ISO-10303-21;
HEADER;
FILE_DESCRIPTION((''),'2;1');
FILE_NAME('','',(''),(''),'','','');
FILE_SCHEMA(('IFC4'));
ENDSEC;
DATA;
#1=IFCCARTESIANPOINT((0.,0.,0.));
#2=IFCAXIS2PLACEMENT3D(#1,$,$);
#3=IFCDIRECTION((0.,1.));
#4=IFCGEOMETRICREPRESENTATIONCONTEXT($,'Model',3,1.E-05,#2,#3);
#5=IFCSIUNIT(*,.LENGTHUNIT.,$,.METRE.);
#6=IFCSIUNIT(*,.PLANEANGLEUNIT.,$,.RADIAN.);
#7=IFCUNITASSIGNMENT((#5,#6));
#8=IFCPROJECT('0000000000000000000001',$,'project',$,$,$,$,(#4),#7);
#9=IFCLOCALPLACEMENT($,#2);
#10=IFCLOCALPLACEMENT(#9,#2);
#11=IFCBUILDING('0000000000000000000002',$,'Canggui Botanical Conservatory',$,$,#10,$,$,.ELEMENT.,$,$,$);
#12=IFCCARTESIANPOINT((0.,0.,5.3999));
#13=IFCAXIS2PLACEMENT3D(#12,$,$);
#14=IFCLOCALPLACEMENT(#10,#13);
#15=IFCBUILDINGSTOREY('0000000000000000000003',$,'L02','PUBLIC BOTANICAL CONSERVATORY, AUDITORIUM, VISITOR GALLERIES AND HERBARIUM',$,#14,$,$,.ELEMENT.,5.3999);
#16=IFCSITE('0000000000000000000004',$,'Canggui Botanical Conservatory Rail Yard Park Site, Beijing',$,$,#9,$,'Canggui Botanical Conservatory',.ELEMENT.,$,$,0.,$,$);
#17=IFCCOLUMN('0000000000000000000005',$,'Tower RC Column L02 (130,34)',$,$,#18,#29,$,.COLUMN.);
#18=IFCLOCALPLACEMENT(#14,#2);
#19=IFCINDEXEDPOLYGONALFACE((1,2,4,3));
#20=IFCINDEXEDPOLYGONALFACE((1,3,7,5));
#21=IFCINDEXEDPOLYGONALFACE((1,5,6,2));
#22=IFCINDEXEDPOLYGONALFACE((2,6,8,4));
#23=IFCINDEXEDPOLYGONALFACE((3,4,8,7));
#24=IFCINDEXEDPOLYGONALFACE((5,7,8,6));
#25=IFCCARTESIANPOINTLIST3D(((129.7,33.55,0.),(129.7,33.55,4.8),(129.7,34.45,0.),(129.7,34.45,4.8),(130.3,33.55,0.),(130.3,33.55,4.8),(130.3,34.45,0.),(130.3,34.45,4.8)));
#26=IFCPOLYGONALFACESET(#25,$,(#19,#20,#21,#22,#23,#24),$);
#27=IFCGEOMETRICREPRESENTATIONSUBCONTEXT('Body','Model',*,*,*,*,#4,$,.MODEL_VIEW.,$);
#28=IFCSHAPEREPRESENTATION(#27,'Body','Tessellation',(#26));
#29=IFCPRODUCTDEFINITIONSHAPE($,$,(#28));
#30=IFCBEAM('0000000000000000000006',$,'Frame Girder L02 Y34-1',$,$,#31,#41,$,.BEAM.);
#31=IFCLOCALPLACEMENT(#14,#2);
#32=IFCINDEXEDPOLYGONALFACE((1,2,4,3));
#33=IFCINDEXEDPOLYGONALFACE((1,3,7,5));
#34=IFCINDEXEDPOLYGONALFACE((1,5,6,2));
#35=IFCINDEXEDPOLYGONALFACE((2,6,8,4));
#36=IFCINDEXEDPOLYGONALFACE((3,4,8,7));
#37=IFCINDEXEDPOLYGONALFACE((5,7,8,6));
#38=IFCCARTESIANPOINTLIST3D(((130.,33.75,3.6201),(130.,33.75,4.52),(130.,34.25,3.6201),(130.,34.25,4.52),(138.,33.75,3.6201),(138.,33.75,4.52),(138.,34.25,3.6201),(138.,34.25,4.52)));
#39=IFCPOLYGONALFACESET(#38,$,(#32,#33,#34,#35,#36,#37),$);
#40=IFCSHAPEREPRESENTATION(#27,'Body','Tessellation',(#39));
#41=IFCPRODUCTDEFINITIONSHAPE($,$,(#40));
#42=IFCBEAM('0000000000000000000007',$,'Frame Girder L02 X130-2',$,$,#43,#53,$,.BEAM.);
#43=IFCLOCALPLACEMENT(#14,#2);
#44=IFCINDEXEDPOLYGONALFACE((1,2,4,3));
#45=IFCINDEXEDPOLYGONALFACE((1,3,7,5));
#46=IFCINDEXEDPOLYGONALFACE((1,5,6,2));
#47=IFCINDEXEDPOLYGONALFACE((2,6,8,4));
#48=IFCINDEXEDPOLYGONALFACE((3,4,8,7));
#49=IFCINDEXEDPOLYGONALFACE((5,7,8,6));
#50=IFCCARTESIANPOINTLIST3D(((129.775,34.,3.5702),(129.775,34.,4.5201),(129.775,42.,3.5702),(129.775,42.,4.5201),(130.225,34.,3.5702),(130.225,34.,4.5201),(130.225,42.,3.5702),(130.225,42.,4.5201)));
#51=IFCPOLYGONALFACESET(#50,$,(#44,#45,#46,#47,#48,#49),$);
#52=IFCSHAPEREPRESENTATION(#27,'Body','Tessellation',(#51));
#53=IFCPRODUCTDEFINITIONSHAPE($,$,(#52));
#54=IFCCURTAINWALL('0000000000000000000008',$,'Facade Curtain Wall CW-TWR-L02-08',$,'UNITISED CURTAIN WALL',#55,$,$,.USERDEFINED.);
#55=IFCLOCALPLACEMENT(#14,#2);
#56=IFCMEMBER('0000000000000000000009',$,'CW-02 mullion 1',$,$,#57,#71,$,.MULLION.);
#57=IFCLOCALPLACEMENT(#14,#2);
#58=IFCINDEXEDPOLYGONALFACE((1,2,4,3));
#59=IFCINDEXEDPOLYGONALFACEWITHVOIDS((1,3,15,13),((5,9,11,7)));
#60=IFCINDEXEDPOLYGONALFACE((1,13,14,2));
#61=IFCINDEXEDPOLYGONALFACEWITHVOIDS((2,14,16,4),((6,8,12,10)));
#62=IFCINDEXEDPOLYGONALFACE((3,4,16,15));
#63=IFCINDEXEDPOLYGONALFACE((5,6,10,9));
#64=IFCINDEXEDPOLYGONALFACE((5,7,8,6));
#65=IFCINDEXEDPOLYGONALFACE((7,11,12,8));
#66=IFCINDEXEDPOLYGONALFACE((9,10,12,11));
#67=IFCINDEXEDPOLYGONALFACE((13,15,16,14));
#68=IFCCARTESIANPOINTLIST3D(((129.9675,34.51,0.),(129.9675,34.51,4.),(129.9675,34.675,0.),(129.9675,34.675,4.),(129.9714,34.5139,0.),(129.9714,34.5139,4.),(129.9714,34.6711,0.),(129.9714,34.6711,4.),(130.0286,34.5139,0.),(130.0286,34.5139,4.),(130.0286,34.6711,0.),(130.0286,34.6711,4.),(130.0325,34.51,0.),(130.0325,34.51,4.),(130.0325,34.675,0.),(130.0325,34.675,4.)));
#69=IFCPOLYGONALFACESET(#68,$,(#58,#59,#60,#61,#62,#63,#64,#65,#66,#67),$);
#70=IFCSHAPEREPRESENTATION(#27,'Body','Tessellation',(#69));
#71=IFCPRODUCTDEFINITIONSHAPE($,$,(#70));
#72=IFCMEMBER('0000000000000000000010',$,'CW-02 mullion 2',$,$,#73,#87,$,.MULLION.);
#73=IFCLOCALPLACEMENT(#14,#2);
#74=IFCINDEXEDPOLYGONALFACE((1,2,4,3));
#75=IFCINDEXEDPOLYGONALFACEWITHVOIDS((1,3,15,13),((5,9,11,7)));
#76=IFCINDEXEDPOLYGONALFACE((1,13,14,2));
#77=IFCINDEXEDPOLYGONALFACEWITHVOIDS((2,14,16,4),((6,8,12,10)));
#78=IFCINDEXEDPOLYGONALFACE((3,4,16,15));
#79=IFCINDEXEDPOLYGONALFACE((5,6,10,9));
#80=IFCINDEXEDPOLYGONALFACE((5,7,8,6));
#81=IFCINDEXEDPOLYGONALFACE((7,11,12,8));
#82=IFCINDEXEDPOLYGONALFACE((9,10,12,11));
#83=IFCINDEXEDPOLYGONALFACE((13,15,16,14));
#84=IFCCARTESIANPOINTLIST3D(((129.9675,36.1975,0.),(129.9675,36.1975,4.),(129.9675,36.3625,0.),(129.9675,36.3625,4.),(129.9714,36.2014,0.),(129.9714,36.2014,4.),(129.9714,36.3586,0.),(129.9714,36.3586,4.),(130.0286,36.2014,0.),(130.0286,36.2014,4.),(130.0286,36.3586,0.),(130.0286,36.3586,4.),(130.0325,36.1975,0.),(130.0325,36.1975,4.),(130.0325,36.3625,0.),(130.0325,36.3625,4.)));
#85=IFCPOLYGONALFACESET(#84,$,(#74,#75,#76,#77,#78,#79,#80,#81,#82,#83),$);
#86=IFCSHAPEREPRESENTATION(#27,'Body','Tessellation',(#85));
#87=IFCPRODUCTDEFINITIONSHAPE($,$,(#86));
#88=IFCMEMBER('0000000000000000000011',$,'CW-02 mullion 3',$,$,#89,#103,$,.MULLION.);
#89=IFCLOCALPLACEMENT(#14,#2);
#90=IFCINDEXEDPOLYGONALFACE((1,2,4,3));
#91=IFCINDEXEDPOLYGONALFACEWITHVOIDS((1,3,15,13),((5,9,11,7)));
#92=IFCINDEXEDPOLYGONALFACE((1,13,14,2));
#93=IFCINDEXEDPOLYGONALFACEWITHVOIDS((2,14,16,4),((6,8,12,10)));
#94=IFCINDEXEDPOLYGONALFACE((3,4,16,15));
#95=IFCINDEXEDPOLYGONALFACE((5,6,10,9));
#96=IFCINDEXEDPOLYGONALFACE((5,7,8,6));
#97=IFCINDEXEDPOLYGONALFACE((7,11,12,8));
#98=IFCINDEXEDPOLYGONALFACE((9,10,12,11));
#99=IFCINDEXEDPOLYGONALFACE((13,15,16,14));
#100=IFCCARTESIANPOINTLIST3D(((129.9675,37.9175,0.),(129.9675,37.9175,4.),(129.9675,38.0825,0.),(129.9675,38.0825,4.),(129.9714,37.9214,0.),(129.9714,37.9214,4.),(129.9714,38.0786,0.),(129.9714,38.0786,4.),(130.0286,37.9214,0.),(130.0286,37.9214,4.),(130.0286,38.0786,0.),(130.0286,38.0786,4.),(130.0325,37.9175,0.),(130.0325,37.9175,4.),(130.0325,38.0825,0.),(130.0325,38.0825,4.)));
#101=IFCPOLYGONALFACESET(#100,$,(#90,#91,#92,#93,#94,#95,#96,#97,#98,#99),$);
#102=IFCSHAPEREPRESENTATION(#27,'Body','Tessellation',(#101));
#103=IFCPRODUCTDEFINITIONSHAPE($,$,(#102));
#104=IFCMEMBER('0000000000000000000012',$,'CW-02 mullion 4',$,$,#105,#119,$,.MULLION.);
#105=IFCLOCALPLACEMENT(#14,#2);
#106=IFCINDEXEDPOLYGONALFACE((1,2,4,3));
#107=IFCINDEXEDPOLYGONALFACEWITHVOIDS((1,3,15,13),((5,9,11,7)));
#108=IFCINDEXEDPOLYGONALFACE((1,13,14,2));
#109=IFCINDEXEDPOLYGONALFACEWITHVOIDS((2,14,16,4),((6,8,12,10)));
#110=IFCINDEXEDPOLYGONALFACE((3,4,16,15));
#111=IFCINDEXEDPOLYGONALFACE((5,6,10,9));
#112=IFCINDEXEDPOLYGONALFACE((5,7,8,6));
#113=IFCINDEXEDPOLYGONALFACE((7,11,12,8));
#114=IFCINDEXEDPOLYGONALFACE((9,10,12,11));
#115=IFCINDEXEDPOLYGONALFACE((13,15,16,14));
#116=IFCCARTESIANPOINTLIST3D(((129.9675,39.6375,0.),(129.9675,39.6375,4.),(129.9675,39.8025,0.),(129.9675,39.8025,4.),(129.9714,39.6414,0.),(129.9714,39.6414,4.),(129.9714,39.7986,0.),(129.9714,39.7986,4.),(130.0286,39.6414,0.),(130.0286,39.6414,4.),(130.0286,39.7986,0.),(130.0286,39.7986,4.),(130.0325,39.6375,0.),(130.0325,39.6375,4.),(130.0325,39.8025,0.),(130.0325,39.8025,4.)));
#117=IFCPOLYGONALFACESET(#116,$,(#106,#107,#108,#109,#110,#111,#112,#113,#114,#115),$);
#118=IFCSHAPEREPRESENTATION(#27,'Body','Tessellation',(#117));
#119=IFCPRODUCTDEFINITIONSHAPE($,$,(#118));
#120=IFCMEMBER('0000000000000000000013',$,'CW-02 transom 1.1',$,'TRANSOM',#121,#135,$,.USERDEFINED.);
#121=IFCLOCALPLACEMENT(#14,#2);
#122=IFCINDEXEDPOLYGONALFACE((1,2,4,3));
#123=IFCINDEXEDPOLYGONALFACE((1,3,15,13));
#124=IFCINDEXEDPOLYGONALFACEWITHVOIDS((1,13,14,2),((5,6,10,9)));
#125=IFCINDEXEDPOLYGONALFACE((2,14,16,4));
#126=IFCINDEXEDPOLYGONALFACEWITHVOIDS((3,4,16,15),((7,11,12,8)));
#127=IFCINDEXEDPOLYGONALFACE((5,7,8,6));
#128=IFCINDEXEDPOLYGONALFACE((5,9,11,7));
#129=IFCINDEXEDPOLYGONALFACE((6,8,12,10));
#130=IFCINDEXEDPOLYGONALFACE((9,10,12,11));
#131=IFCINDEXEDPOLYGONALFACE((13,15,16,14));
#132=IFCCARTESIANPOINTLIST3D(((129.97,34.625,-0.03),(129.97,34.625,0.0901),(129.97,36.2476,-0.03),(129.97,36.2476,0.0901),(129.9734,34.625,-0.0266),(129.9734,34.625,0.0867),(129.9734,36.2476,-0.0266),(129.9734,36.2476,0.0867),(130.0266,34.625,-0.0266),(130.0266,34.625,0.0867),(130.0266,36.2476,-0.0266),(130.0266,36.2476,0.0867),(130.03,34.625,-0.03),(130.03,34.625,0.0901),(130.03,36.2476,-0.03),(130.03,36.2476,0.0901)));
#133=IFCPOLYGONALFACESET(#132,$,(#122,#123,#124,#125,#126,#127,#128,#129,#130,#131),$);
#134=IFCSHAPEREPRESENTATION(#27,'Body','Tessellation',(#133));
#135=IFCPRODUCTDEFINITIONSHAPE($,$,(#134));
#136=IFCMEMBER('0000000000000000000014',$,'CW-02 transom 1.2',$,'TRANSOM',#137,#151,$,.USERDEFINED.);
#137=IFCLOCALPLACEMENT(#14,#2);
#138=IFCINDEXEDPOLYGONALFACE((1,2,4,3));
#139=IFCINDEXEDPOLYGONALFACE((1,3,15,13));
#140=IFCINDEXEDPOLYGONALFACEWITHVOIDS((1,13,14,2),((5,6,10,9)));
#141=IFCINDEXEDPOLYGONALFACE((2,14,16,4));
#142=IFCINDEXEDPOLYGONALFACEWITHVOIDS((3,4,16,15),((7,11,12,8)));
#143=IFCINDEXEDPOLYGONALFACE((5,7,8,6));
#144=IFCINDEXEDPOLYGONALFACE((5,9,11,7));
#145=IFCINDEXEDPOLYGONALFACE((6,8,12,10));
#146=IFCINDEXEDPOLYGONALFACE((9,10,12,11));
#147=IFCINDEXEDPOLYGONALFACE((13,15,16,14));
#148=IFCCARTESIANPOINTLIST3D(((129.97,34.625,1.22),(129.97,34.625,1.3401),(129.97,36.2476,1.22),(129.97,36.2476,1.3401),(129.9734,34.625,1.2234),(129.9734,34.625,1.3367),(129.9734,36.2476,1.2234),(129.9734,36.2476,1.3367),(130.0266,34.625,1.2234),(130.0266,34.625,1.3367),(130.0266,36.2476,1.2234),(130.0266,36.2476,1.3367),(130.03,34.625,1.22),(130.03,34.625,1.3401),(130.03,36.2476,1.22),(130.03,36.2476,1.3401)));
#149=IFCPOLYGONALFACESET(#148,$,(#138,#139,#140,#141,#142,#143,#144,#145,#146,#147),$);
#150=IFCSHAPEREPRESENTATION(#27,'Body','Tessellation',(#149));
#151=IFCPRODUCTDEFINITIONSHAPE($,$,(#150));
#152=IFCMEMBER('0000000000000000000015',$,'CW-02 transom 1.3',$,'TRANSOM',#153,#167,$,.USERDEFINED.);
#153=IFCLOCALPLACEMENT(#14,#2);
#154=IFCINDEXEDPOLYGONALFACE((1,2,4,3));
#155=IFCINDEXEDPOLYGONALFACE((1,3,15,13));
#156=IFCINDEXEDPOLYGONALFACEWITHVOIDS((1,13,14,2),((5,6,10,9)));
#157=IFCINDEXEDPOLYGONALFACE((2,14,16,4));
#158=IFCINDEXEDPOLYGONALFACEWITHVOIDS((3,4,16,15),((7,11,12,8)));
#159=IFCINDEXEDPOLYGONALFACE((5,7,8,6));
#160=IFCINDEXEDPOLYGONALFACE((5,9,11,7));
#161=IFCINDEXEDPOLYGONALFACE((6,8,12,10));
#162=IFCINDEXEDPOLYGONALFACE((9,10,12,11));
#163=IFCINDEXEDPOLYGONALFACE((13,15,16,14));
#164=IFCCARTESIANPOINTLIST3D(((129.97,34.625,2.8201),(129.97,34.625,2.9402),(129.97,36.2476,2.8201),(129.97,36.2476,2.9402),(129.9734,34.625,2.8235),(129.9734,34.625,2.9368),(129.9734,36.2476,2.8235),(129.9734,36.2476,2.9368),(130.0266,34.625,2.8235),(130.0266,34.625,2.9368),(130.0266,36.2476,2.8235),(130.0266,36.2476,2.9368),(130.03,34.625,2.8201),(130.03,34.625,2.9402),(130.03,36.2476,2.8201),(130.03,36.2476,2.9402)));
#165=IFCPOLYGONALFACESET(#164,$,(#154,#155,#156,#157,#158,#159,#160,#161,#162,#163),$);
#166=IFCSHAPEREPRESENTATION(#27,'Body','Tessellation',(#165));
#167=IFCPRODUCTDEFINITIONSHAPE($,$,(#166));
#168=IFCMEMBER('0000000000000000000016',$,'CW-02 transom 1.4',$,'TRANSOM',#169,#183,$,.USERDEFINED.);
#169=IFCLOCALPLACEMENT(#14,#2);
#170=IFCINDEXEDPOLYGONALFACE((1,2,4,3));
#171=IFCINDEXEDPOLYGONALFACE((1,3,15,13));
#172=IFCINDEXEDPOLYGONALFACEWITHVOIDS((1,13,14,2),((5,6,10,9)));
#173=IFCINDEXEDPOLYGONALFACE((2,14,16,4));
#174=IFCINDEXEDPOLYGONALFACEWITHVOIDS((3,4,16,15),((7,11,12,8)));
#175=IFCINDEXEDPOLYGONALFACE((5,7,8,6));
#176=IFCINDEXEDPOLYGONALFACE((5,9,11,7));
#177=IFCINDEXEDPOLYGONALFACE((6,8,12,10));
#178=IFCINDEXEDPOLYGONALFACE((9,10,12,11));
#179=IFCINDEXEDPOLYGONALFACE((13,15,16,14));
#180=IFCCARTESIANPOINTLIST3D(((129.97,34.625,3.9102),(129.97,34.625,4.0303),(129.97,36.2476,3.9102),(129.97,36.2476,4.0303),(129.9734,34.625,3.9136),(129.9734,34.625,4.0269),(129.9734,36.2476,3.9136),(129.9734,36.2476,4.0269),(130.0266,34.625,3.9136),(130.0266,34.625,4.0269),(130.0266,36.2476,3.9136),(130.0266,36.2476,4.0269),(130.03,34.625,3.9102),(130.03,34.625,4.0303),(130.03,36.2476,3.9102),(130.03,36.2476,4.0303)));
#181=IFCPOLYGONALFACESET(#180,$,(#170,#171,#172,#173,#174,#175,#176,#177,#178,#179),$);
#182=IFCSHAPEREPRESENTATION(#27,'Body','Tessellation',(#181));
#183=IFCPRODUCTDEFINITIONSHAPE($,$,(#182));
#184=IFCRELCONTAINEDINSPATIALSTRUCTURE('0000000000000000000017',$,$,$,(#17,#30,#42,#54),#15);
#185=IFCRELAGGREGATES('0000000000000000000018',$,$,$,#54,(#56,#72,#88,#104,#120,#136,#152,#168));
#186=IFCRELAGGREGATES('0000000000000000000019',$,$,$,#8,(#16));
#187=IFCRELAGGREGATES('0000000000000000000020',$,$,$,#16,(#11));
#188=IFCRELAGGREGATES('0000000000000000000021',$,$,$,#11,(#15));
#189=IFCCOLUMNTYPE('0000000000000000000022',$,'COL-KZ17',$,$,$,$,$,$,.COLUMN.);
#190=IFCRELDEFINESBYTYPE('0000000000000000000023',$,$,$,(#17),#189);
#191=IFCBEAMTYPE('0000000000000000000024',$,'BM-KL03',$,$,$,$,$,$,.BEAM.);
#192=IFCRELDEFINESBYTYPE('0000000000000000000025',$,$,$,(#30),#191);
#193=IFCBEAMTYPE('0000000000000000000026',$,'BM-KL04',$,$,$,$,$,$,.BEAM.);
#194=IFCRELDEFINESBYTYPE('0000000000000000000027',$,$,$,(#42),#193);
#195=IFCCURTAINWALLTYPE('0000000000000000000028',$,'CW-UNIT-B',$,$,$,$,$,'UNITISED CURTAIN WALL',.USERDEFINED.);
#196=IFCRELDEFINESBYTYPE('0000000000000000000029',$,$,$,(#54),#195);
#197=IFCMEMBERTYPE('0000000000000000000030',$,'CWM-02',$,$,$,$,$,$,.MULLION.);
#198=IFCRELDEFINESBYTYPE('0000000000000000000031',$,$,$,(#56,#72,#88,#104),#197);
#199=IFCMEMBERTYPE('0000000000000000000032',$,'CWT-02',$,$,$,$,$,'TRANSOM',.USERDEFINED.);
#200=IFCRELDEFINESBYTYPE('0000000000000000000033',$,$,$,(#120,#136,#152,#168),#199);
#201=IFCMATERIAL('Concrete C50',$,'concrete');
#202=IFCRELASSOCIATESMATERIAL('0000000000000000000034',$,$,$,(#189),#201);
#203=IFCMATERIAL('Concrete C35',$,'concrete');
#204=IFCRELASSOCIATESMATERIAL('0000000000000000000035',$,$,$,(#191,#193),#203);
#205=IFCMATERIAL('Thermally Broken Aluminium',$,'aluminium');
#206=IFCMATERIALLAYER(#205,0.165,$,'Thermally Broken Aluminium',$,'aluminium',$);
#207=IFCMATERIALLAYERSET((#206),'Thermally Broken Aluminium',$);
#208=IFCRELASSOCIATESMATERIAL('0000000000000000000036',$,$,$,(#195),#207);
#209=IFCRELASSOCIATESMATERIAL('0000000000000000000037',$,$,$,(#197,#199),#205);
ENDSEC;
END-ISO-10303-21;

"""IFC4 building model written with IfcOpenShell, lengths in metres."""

from ifc_helpers import new_model, si_unit, direction, frame, origin, origin_2d, place, context, subcontext, project, spatial, rectangle, hollow_rectangle, extrude, material, layer, layer_set, material_profile, profile_set, type_object, element, aggregate, save


model = new_model("IFC4")

# Units and contexts
model_context = context("Model", 3, precision=1e-05, world=origin(), true_north=direction((0.0, 1.0)))
body_context = subcontext(model_context, "Body", "Model", "MODEL_VIEW")
ifc_project = project(units=[si_unit("LENGTHUNIT", "METRE"), si_unit("PLANEANGLEUNIT", "RADIAN")], contexts=[model_context])

# Site, building, storey
site_placement = place(None, origin())
site = spatial("IfcSite", under=ifc_project, at=site_placement, Name="Canggui Botanical Conservatory Rail Yard Park Site, Beijing", LongName="Canggui Botanical Conservatory", CompositionType="ELEMENT", RefElevation=0.0)
building_placement = place(site_placement, origin())
building = spatial("IfcBuilding", under=site, at=building_placement, Name="Canggui Botanical Conservatory", CompositionType="ELEMENT")
storey_placement = place(building_placement, frame((0.0, 0.0, 5.3999)))
storey = spatial("IfcBuildingStorey", under=building, at=storey_placement, Name="L02", Description="PUBLIC BOTANICAL CONSERVATORY, AUDITORIUM, VISITOR GALLERIES AND HERBARIUM", CompositionType="ELEMENT", Elevation=5.3999)

# Column
ifc_material_1 = material(Name="Concrete C50", Category="concrete")
ifc_material_profile_1 = material_profile(ifc_material_1, rectangle(XDim=0.6001, YDim=0.8999, at=origin_2d()), Name="RC 600x900")
ifc_profile_set_1 = profile_set([ifc_material_profile_1], Name="Concrete C50")
column_type = type_object("IfcColumnType", Name="COL-KZ17", PredefinedType="COLUMN", material=ifc_profile_set_1)
column_placement = place(storey_placement, frame((130.0, 34.0, 0.0), z_axis=(0.0, 0.0, 1.0), x_axis=(1.0, 0.0, 0.0)))
element("IfcColumn", 1, at=column_placement, inside=storey, type_object=column_type, Name="Tower RC Column L02 (130,34)", PredefinedType="COLUMN", context=body_context, shape_type="SweptSolid", body=[
    extrude(rectangle(XDim=0.6001, YDim=0.8999, at=origin_2d()), origin(), (0.0, 0.0, 1.0), 4.8),
])

# Beams
ifc_material_2 = material(Name="Concrete C35", Category="concrete")
ifc_material_profile_2 = material_profile(ifc_material_2, rectangle(XDim=0.5, YDim=0.8999, at=origin_2d()), Name="RB 500x900")
ifc_profile_set_2 = profile_set([ifc_material_profile_2], Name="Concrete C35")
beam_type_1 = type_object("IfcBeamType", Name="BM-KL03", PredefinedType="BEAM", material=ifc_profile_set_2)
beam_1_placement = place(storey_placement, frame((130.0, 34.0, 4.0701), z_axis=(1.0, 0.0, 0.0), x_axis=(0.0, 1.0, 0.0)))
element("IfcBeam", 2, at=beam_1_placement, inside=storey, type_object=beam_type_1, Name="Frame Girder L02 Y34-1", PredefinedType="BEAM", context=body_context, shape_type="SweptSolid", body=[
    extrude(rectangle(XDim=0.5, YDim=0.8999, at=origin_2d()), origin(), (0.0, 0.0, 1.0), 8.0),
])
ifc_material_profile_3 = material_profile(ifc_material_2, rectangle(XDim=0.45, YDim=0.95, at=origin_2d()), Name="RB 450x950")
ifc_profile_set_3 = profile_set([ifc_material_profile_3], Name="Concrete C35")
beam_type_2 = type_object("IfcBeamType", Name="BM-KL04", PredefinedType="BEAM", material=ifc_profile_set_3)
beam_2_placement = place(storey_placement, frame((130.0, 34.0, 4.0452), z_axis=(0.0, 1.0, 0.0), x_axis=(-1.0, 0.0, 0.0)))
element("IfcBeam", 3, at=beam_2_placement, inside=storey, type_object=beam_type_2, Name="Frame Girder L02 X130-2", PredefinedType="BEAM", context=body_context, shape_type="SweptSolid", body=[
    extrude(rectangle(XDim=0.45, YDim=0.95, at=origin_2d()), origin(), (0.0, 0.0, 1.0), 8.0),
])

# Curtain wall, members
ifc_material_3 = material(Name="Thermally Broken Aluminium", Category="aluminium")
ifc_layer_1 = layer(ifc_material_3, 0.165, Name="Thermally Broken Aluminium", Category="aluminium")
ifc_layer_set_1 = layer_set([ifc_layer_1], Name="Thermally Broken Aluminium")
curtain_wall_type = type_object("IfcCurtainWallType", Name="CW-UNIT-B", ElementType="UNITISED CURTAIN WALL", PredefinedType="USERDEFINED", material=ifc_layer_set_1)
curtain_wall_placement = place(storey_placement, origin())
curtain_wall = element("IfcCurtainWall", 4, at=curtain_wall_placement, inside=storey, type_object=curtain_wall_type, Name="Facade Curtain Wall CW-TWR-L02-08", ObjectType="UNITISED CURTAIN WALL", PredefinedType="USERDEFINED")
ifc_material_profile_4 = material_profile(ifc_material_3, hollow_rectangle(XDim=0.0649, YDim=0.165, WallThickness=0.0039, at=origin_2d()), Name="CWM 65x165x4")
ifc_profile_set_4 = profile_set([ifc_material_profile_4], Name="Thermally Broken Aluminium")
member_type_1 = type_object("IfcMemberType", Name="CWM-02", PredefinedType="MULLION", material=ifc_profile_set_4)
member_1_placement = place(storey_placement, frame((130.0, 34.5925, 0.0), z_axis=(0.0, 0.0, 1.0), x_axis=(-1.0, 0.0, 0.0)))
member_1 = element("IfcMember", 5, at=member_1_placement, type_object=member_type_1, Name="CW-02 mullion 1", PredefinedType="MULLION", context=body_context, shape_type="SweptSolid", body=[
    extrude(hollow_rectangle(XDim=0.0649, YDim=0.165, WallThickness=0.0039, at=origin_2d()), origin(), (0.0, 0.0, 1.0), 4.0),
])
member_2_placement = place(storey_placement, frame((130.0, 36.28, 0.0), z_axis=(0.0, 0.0, 1.0), x_axis=(-1.0, 0.0, 0.0)))
member_2 = element("IfcMember", 6, at=member_2_placement, type_object=member_type_1, Name="CW-02 mullion 2", PredefinedType="MULLION", context=body_context, shape_type="SweptSolid", body=[
    extrude(hollow_rectangle(XDim=0.0649, YDim=0.165, WallThickness=0.0039, at=origin_2d()), origin(), (0.0, 0.0, 1.0), 4.0),
])
member_3_placement = place(storey_placement, frame((130.0, 38.0, 0.0), z_axis=(0.0, 0.0, 1.0), x_axis=(-1.0, 0.0, 0.0)))
member_3 = element("IfcMember", 7, at=member_3_placement, type_object=member_type_1, Name="CW-02 mullion 3", PredefinedType="MULLION", context=body_context, shape_type="SweptSolid", body=[
    extrude(hollow_rectangle(XDim=0.0649, YDim=0.165, WallThickness=0.0039, at=origin_2d()), origin(), (0.0, 0.0, 1.0), 4.0),
])
member_4_placement = place(storey_placement, frame((130.0, 39.72, 0.0), z_axis=(0.0, 0.0, 1.0), x_axis=(-1.0, 0.0, 0.0)))
member_4 = element("IfcMember", 8, at=member_4_placement, type_object=member_type_1, Name="CW-02 mullion 4", PredefinedType="MULLION", context=body_context, shape_type="SweptSolid", body=[
    extrude(hollow_rectangle(XDim=0.0649, YDim=0.165, WallThickness=0.0039, at=origin_2d()), origin(), (0.0, 0.0, 1.0), 4.0),
])
ifc_material_profile_5 = material_profile(ifc_material_3, hollow_rectangle(XDim=0.0601, YDim=0.1201, WallThickness=0.0034, at=origin_2d()), Name="CWT 60x120x3.5")
ifc_profile_set_5 = profile_set([ifc_material_profile_5], Name="Thermally Broken Aluminium")
member_type_2 = type_object("IfcMemberType", Name="CWT-02", ElementType="TRANSOM", PredefinedType="USERDEFINED", material=ifc_profile_set_5)
member_5_placement = place(storey_placement, frame((130.0, 34.625, 0.03), z_axis=(0.0, 1.0, 0.0), x_axis=(-1.0, 0.0, 0.0)))
member_5 = element("IfcMember", 9, at=member_5_placement, type_object=member_type_2, Name="CW-02 transom 1.1", ObjectType="TRANSOM", PredefinedType="USERDEFINED", context=body_context, shape_type="SweptSolid", body=[
    extrude(hollow_rectangle(XDim=0.0601, YDim=0.1201, WallThickness=0.0034, at=origin_2d()), origin(), (0.0, 0.0, 1.0), 1.6226),
])
member_6_placement = place(storey_placement, frame((130.0, 34.625, 1.28), z_axis=(0.0, 1.0, 0.0), x_axis=(-1.0, 0.0, 0.0)))
member_6 = element("IfcMember", 10, at=member_6_placement, type_object=member_type_2, Name="CW-02 transom 1.2", ObjectType="TRANSOM", PredefinedType="USERDEFINED", context=body_context, shape_type="SweptSolid", body=[
    extrude(hollow_rectangle(XDim=0.0601, YDim=0.1201, WallThickness=0.0034, at=origin_2d()), origin(), (0.0, 0.0, 1.0), 1.6226),
])
member_7_placement = place(storey_placement, frame((130.0, 34.625, 2.8801), z_axis=(0.0, 1.0, 0.0), x_axis=(-1.0, 0.0, 0.0)))
member_7 = element("IfcMember", 11, at=member_7_placement, type_object=member_type_2, Name="CW-02 transom 1.3", ObjectType="TRANSOM", PredefinedType="USERDEFINED", context=body_context, shape_type="SweptSolid", body=[
    extrude(hollow_rectangle(XDim=0.0601, YDim=0.1201, WallThickness=0.0034, at=origin_2d()), origin(), (0.0, 0.0, 1.0), 1.6226),
])
member_8_placement = place(storey_placement, frame((130.0, 34.625, 3.9702), z_axis=(0.0, 1.0, 0.0), x_axis=(-1.0, 0.0, 0.0)))
member_8 = element("IfcMember", 12, at=member_8_placement, type_object=member_type_2, Name="CW-02 transom 1.4", ObjectType="TRANSOM", PredefinedType="USERDEFINED", context=body_context, shape_type="SweptSolid", body=[
    extrude(hollow_rectangle(XDim=0.0601, YDim=0.1201, WallThickness=0.0034, at=origin_2d()), origin(), (0.0, 0.0, 1.0), 1.6226),
])
aggregate(curtain_wall, [member_1, member_2, member_3, member_4, member_5, member_6, member_7, member_8])

save(model, "model.ifc")
